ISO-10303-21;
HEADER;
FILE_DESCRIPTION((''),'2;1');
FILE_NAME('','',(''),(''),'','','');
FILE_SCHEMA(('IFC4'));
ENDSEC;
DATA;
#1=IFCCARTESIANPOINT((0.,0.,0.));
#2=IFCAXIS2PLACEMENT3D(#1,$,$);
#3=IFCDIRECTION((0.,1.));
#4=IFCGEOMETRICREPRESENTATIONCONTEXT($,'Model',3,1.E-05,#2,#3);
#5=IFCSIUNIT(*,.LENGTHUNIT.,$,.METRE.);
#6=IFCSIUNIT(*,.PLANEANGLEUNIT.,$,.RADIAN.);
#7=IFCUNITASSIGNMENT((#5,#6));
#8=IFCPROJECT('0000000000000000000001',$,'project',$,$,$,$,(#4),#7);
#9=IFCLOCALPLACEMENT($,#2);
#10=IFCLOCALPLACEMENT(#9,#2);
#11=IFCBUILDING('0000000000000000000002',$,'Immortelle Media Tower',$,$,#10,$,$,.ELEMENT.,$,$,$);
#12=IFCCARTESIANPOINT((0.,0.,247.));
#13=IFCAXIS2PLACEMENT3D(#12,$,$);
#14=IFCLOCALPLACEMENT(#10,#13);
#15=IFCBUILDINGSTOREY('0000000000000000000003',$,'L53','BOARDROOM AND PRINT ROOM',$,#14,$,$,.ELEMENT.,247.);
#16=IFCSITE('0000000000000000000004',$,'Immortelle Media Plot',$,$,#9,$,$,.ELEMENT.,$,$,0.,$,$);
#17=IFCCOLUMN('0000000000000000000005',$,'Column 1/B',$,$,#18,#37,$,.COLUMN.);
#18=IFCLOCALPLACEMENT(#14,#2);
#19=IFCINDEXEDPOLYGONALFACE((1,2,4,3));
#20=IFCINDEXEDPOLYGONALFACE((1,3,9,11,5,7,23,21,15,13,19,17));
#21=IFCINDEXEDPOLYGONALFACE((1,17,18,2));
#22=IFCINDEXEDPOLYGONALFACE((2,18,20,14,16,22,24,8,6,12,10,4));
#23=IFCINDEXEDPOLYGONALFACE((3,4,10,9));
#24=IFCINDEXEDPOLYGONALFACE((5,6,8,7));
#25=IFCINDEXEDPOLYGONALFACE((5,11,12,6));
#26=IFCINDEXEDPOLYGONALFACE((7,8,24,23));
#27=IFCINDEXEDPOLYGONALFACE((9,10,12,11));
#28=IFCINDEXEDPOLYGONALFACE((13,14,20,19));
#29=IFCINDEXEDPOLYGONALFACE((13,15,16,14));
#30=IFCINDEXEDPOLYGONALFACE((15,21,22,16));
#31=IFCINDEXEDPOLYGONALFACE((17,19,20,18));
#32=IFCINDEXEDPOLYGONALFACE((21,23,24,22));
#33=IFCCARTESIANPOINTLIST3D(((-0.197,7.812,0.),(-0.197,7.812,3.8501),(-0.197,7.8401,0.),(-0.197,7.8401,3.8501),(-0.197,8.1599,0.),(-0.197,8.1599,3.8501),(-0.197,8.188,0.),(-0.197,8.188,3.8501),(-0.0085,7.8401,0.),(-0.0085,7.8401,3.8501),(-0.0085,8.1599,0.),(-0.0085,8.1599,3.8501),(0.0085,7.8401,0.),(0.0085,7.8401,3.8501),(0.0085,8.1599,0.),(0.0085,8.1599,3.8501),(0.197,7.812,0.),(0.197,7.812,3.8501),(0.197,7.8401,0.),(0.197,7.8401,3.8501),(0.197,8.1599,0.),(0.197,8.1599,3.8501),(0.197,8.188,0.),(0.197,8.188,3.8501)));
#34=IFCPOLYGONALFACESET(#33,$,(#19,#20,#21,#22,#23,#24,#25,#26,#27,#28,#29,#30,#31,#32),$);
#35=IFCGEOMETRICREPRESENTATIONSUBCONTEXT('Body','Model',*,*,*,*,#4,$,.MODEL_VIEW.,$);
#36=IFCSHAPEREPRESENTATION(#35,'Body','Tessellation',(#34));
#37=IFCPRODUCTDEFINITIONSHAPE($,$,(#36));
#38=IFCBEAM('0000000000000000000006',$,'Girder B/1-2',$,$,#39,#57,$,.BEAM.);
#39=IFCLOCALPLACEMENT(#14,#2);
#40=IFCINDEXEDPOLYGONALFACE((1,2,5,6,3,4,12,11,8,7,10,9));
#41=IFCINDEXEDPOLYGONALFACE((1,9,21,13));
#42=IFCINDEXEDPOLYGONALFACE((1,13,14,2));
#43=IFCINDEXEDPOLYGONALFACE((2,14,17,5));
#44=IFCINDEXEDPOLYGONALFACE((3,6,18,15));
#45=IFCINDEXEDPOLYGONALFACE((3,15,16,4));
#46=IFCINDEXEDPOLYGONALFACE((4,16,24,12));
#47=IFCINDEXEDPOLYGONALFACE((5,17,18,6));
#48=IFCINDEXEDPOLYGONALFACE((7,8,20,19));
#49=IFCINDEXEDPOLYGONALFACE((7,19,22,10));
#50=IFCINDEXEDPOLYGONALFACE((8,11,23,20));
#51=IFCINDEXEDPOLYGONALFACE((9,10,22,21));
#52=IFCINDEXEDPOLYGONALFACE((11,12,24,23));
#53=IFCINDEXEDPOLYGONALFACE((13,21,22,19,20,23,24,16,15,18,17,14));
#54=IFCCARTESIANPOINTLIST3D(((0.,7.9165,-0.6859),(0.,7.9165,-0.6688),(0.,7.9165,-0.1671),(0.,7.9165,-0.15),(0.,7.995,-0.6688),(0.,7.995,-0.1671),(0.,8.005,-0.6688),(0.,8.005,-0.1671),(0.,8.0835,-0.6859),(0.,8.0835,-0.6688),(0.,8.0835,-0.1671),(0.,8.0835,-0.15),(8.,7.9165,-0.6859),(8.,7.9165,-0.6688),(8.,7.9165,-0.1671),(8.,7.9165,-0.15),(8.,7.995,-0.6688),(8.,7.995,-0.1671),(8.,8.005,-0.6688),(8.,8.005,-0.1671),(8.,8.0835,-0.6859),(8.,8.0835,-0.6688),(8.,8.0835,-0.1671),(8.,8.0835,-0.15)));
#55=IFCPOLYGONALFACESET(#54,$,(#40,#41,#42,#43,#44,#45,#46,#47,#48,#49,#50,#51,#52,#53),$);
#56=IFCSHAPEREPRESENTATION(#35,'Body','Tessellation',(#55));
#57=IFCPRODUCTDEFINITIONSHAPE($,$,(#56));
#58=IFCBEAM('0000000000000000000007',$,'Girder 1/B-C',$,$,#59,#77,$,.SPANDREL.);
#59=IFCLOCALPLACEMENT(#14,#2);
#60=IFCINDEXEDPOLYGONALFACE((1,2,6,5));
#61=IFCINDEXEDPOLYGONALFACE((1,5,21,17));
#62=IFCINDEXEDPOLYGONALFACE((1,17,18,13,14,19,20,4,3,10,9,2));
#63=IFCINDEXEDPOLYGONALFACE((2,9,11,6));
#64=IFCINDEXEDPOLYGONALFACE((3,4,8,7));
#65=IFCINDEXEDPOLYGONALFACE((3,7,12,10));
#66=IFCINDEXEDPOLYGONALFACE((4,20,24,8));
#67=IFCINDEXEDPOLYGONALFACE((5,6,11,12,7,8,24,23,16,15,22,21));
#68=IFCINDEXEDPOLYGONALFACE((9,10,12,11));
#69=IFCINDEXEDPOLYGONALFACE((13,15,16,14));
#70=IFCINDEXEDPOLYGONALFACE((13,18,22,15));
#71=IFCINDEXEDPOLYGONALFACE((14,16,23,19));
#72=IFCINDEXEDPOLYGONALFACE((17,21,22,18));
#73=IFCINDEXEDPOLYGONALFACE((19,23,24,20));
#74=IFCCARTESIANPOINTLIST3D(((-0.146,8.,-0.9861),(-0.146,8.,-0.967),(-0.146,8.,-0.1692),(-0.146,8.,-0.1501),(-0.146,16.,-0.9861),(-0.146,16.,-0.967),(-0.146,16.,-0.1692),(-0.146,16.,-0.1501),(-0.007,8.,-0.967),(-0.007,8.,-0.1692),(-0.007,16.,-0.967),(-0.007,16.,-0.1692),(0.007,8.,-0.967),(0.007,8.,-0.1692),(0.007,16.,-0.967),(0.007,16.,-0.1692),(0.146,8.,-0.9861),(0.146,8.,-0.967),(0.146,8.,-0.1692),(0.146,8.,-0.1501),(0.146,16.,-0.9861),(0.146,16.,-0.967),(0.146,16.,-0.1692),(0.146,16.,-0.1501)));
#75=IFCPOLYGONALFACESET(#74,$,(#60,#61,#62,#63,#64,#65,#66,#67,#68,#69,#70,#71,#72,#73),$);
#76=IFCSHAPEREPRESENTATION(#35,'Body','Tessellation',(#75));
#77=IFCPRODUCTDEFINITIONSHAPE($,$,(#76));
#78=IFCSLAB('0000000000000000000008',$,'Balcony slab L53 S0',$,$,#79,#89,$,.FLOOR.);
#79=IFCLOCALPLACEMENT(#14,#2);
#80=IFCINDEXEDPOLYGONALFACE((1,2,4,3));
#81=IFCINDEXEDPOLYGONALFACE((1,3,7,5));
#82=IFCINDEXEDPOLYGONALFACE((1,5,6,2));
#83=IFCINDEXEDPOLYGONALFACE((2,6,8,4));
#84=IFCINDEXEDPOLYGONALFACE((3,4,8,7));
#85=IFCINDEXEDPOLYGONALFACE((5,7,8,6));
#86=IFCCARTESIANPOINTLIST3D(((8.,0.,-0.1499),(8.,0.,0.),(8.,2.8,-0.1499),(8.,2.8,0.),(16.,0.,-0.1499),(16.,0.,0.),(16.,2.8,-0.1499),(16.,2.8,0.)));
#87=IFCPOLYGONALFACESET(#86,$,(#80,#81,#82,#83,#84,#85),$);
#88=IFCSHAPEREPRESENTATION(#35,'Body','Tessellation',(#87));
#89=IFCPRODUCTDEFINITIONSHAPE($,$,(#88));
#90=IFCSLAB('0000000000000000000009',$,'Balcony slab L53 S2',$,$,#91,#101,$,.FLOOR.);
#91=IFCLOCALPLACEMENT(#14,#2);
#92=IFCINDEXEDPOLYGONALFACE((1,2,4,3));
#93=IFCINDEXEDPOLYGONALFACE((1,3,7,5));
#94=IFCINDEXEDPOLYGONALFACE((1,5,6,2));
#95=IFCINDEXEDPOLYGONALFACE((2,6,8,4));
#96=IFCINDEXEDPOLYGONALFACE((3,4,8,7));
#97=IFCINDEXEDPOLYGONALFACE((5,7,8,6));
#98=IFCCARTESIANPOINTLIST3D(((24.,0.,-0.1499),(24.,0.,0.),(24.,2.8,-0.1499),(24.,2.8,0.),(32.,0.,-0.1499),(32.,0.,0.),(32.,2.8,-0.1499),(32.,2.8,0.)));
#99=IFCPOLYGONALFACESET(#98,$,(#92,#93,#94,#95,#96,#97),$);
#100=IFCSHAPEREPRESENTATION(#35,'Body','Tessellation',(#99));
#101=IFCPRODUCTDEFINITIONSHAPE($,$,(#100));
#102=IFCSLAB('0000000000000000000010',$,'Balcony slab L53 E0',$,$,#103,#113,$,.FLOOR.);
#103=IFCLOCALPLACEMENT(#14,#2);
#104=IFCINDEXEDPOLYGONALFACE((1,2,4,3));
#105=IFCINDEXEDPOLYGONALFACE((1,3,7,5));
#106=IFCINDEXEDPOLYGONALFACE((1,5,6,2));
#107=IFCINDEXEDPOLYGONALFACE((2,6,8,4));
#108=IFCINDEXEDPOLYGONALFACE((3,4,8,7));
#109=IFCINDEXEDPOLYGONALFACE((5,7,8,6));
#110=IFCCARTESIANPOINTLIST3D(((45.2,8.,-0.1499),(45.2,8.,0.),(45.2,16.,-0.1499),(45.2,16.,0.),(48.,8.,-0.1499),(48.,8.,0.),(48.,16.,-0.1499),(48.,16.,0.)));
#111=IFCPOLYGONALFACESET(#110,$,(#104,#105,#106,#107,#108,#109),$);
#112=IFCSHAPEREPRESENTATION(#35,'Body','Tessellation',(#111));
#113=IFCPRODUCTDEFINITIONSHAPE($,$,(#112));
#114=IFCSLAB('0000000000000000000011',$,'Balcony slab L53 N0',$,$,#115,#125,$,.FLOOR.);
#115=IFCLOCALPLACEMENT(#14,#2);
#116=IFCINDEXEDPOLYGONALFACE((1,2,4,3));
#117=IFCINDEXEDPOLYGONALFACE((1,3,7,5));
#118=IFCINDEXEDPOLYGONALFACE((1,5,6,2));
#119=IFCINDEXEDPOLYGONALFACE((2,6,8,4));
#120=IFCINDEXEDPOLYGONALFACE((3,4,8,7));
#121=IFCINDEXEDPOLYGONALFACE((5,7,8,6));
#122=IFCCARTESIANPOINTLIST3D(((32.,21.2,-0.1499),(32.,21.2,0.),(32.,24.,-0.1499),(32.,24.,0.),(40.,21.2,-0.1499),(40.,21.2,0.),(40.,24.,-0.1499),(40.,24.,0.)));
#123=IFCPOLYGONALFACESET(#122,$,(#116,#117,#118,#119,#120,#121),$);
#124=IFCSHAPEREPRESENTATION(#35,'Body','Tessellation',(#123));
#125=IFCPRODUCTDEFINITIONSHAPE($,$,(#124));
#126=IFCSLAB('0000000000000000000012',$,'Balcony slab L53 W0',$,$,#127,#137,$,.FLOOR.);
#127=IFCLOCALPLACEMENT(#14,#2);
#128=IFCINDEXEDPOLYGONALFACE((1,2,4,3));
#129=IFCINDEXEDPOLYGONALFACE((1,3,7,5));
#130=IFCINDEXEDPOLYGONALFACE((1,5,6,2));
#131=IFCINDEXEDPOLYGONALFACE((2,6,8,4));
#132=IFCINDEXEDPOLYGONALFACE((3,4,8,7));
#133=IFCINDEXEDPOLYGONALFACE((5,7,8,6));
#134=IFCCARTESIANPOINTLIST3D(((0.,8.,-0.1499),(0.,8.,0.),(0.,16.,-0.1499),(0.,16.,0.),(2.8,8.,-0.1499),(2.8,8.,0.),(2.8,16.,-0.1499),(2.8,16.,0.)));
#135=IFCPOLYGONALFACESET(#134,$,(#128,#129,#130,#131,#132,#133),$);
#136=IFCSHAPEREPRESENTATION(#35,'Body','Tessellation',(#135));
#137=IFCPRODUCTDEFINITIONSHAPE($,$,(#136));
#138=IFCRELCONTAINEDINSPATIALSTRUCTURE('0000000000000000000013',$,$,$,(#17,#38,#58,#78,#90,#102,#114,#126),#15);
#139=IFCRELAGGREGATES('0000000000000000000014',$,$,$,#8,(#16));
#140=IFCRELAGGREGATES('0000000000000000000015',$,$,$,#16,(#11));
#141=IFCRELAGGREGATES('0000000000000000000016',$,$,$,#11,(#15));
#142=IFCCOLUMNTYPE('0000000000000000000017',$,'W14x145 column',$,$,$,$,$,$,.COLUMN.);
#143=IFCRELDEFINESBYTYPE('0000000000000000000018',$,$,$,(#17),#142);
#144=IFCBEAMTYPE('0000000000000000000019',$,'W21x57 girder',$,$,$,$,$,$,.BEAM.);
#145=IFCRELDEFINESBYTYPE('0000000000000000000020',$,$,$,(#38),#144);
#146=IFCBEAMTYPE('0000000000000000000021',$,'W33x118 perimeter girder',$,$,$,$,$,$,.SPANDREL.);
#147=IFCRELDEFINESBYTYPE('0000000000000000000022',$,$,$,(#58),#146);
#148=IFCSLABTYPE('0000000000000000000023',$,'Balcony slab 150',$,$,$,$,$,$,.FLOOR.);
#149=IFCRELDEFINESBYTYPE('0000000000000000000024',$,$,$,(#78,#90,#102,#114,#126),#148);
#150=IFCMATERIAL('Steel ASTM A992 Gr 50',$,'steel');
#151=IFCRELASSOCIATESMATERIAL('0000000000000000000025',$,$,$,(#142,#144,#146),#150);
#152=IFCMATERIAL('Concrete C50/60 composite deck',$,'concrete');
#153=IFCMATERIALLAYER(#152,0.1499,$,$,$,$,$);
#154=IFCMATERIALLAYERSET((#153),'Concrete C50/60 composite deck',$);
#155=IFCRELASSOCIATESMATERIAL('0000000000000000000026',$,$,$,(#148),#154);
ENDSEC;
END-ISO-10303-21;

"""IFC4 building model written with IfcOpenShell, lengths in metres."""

from ifc_helpers import new_model, si_unit, direction, frame, origin, origin_2d, place, context, subcontext, project, spatial, polyline, i_section, outline, extrude, material, layer, layer_set, material_profile, profile_set, type_object, element, save


model = new_model("IFC4")

# Units and contexts
model_context = context("Model", 3, precision=1e-05, world=origin(), true_north=direction((0.0, 1.0)))
body_context = subcontext(model_context, "Body", "Model", "MODEL_VIEW")
ifc_project = project(units=[si_unit("LENGTHUNIT", "METRE"), si_unit("PLANEANGLEUNIT", "RADIAN")], contexts=[model_context])

# Site, building, storey
site_placement = place(None, origin())
site = spatial("IfcSite", under=ifc_project, at=site_placement, Name="Immortelle Media Plot", CompositionType="ELEMENT", RefElevation=0.0)
building_placement = place(site_placement, origin())
building = spatial("IfcBuilding", under=site, at=building_placement, Name="Immortelle Media Tower", CompositionType="ELEMENT")
storey_placement = place(building_placement, frame((0.0, 0.0, 247.0)))
storey = spatial("IfcBuildingStorey", under=building, at=storey_placement, Name="L53", Description="BOARDROOM AND PRINT ROOM", CompositionType="ELEMENT", Elevation=247.0)

# Column
ifc_material_1 = material(Name="Steel ASTM A992 Gr 50", Category="steel")
ifc_material_profile_1 = material_profile(ifc_material_1, i_section(OverallWidth=0.394, OverallDepth=0.376, WebThickness=0.0171, FlangeThickness=0.0281, at=origin_2d()), Name="W14x145")
ifc_profile_set_1 = profile_set([ifc_material_profile_1], Name="Steel ASTM A992 Gr 50")
column_type = type_object("IfcColumnType", Name="W14x145 column", PredefinedType="COLUMN", material=ifc_profile_set_1)
column_placement = place(storey_placement, frame((0.0, 8.0, 0.0), z_axis=(0.0, 0.0, 1.0), x_axis=(1.0, 0.0, 0.0)))
element("IfcColumn", 1, at=column_placement, inside=storey, type_object=column_type, Name="Column 1/B", PredefinedType="COLUMN", context=body_context, shape_type="SweptSolid", body=[
    extrude(i_section(OverallWidth=0.394, OverallDepth=0.376, WebThickness=0.0171, FlangeThickness=0.0281, at=origin_2d()), origin(), (0.0, 0.0, 1.0), 3.8501),
])

# Beams
ifc_material_profile_2 = material_profile(ifc_material_1, i_section(OverallWidth=0.167, OverallDepth=0.5359, WebThickness=0.01, FlangeThickness=0.0171, at=origin_2d()), Name="W21x57")
ifc_profile_set_2 = profile_set([ifc_material_profile_2], Name="Steel ASTM A992 Gr 50")
beam_type_1 = type_object("IfcBeamType", Name="W21x57 girder", PredefinedType="BEAM", material=ifc_profile_set_2)
beam_1_placement = place(storey_placement, frame((0.0, 8.0, -0.418), z_axis=(1.0, 0.0, 0.0), x_axis=(0.0, 1.0, 0.0)))
element("IfcBeam", 2, at=beam_1_placement, inside=storey, type_object=beam_type_1, Name="Girder B/1-2", PredefinedType="BEAM", context=body_context, shape_type="SweptSolid", body=[
    extrude(i_section(OverallWidth=0.167, OverallDepth=0.5359, WebThickness=0.01, FlangeThickness=0.0171, at=origin_2d()), origin(), (0.0, 0.0, 1.0), 8.0),
])
ifc_material_profile_3 = material_profile(ifc_material_1, i_section(OverallWidth=0.292, OverallDepth=0.8359, WebThickness=0.0139, FlangeThickness=0.019, at=origin_2d()), Name="W33x118")
ifc_profile_set_3 = profile_set([ifc_material_profile_3], Name="Steel ASTM A992 Gr 50")
beam_type_2 = type_object("IfcBeamType", Name="W33x118 perimeter girder", PredefinedType="SPANDREL", material=ifc_profile_set_3)
beam_2_placement = place(storey_placement, frame((0.0, 8.0, -0.5681), z_axis=(0.0, 1.0, 0.0), x_axis=(-1.0, 0.0, 0.0)))
element("IfcBeam", 3, at=beam_2_placement, inside=storey, type_object=beam_type_2, Name="Girder 1/B-C", PredefinedType="SPANDREL", context=body_context, shape_type="SweptSolid", body=[
    extrude(i_section(OverallWidth=0.292, OverallDepth=0.8359, WebThickness=0.0139, FlangeThickness=0.019, at=origin_2d()), origin(), (0.0, 0.0, 1.0), 8.0),
])

# Slabs
ifc_material_2 = material(Name="Concrete C50/60 composite deck", Category="concrete")
ifc_layer_1 = layer(ifc_material_2, 0.1499)
ifc_layer_set_1 = layer_set([ifc_layer_1], Name="Concrete C50/60 composite deck")
slab_type_1 = type_object("IfcSlabType", Name="Balcony slab 150", PredefinedType="FLOOR", material=ifc_layer_set_1)
slab_1_placement = place(storey_placement, frame((0.0, 0.0, -0.1499)))
element("IfcSlab", 4, at=slab_1_placement, inside=storey, type_object=slab_type_1, Name="Balcony slab L53 S0", PredefinedType="FLOOR", context=body_context, shape_type="SweptSolid", body=[
    extrude(outline(polyline([(16.0, 0.0), (16.0, 2.8), (8.0, 2.8), (8.0, 0.0), (16.0, 0.0)])), origin(), (0.0, 0.0, 1.0), 0.1499),
])
slab_2_placement = place(storey_placement, frame((0.0, 0.0, -0.1499)))
element("IfcSlab", 5, at=slab_2_placement, inside=storey, type_object=slab_type_1, Name="Balcony slab L53 S2", PredefinedType="FLOOR", context=body_context, shape_type="SweptSolid", body=[
    extrude(outline(polyline([(32.0, 0.0), (32.0, 2.8), (24.0, 2.8), (24.0, 0.0), (32.0, 0.0)])), origin(), (0.0, 0.0, 1.0), 0.1499),
])
slab_3_placement = place(storey_placement, frame((0.0, 0.0, -0.1499)))
element("IfcSlab", 6, at=slab_3_placement, inside=storey, type_object=slab_type_1, Name="Balcony slab L53 E0", PredefinedType="FLOOR", context=body_context, shape_type="SweptSolid", body=[
    extrude(outline(polyline([(48.0, 8.0), (48.0, 16.0), (45.2, 16.0), (45.2, 8.0), (48.0, 8.0)])), origin(), (0.0, 0.0, 1.0), 0.1499),
])
slab_4_placement = place(storey_placement, frame((0.0, 0.0, -0.1499)))
element("IfcSlab", 7, at=slab_4_placement, inside=storey, type_object=slab_type_1, Name="Balcony slab L53 N0", PredefinedType="FLOOR", context=body_context, shape_type="SweptSolid", body=[
    extrude(outline(polyline([(40.0, 21.2), (40.0, 24.0), (32.0, 24.0), (32.0, 21.2), (40.0, 21.2)])), origin(), (0.0, 0.0, 1.0), 0.1499),
])
slab_5_placement = place(storey_placement, frame((0.0, 0.0, -0.1499)))
element("IfcSlab", 8, at=slab_5_placement, inside=storey, type_object=slab_type_1, Name="Balcony slab L53 W0", PredefinedType="FLOOR", context=body_context, shape_type="SweptSolid", body=[
    extrude(outline(polyline([(2.8, 8.0), (2.8, 16.0), (0.0, 16.0), (0.0, 8.0), (2.8, 8.0)])), origin(), (0.0, 0.0, 1.0), 0.1499),
])

save(model, "model.ifc")
